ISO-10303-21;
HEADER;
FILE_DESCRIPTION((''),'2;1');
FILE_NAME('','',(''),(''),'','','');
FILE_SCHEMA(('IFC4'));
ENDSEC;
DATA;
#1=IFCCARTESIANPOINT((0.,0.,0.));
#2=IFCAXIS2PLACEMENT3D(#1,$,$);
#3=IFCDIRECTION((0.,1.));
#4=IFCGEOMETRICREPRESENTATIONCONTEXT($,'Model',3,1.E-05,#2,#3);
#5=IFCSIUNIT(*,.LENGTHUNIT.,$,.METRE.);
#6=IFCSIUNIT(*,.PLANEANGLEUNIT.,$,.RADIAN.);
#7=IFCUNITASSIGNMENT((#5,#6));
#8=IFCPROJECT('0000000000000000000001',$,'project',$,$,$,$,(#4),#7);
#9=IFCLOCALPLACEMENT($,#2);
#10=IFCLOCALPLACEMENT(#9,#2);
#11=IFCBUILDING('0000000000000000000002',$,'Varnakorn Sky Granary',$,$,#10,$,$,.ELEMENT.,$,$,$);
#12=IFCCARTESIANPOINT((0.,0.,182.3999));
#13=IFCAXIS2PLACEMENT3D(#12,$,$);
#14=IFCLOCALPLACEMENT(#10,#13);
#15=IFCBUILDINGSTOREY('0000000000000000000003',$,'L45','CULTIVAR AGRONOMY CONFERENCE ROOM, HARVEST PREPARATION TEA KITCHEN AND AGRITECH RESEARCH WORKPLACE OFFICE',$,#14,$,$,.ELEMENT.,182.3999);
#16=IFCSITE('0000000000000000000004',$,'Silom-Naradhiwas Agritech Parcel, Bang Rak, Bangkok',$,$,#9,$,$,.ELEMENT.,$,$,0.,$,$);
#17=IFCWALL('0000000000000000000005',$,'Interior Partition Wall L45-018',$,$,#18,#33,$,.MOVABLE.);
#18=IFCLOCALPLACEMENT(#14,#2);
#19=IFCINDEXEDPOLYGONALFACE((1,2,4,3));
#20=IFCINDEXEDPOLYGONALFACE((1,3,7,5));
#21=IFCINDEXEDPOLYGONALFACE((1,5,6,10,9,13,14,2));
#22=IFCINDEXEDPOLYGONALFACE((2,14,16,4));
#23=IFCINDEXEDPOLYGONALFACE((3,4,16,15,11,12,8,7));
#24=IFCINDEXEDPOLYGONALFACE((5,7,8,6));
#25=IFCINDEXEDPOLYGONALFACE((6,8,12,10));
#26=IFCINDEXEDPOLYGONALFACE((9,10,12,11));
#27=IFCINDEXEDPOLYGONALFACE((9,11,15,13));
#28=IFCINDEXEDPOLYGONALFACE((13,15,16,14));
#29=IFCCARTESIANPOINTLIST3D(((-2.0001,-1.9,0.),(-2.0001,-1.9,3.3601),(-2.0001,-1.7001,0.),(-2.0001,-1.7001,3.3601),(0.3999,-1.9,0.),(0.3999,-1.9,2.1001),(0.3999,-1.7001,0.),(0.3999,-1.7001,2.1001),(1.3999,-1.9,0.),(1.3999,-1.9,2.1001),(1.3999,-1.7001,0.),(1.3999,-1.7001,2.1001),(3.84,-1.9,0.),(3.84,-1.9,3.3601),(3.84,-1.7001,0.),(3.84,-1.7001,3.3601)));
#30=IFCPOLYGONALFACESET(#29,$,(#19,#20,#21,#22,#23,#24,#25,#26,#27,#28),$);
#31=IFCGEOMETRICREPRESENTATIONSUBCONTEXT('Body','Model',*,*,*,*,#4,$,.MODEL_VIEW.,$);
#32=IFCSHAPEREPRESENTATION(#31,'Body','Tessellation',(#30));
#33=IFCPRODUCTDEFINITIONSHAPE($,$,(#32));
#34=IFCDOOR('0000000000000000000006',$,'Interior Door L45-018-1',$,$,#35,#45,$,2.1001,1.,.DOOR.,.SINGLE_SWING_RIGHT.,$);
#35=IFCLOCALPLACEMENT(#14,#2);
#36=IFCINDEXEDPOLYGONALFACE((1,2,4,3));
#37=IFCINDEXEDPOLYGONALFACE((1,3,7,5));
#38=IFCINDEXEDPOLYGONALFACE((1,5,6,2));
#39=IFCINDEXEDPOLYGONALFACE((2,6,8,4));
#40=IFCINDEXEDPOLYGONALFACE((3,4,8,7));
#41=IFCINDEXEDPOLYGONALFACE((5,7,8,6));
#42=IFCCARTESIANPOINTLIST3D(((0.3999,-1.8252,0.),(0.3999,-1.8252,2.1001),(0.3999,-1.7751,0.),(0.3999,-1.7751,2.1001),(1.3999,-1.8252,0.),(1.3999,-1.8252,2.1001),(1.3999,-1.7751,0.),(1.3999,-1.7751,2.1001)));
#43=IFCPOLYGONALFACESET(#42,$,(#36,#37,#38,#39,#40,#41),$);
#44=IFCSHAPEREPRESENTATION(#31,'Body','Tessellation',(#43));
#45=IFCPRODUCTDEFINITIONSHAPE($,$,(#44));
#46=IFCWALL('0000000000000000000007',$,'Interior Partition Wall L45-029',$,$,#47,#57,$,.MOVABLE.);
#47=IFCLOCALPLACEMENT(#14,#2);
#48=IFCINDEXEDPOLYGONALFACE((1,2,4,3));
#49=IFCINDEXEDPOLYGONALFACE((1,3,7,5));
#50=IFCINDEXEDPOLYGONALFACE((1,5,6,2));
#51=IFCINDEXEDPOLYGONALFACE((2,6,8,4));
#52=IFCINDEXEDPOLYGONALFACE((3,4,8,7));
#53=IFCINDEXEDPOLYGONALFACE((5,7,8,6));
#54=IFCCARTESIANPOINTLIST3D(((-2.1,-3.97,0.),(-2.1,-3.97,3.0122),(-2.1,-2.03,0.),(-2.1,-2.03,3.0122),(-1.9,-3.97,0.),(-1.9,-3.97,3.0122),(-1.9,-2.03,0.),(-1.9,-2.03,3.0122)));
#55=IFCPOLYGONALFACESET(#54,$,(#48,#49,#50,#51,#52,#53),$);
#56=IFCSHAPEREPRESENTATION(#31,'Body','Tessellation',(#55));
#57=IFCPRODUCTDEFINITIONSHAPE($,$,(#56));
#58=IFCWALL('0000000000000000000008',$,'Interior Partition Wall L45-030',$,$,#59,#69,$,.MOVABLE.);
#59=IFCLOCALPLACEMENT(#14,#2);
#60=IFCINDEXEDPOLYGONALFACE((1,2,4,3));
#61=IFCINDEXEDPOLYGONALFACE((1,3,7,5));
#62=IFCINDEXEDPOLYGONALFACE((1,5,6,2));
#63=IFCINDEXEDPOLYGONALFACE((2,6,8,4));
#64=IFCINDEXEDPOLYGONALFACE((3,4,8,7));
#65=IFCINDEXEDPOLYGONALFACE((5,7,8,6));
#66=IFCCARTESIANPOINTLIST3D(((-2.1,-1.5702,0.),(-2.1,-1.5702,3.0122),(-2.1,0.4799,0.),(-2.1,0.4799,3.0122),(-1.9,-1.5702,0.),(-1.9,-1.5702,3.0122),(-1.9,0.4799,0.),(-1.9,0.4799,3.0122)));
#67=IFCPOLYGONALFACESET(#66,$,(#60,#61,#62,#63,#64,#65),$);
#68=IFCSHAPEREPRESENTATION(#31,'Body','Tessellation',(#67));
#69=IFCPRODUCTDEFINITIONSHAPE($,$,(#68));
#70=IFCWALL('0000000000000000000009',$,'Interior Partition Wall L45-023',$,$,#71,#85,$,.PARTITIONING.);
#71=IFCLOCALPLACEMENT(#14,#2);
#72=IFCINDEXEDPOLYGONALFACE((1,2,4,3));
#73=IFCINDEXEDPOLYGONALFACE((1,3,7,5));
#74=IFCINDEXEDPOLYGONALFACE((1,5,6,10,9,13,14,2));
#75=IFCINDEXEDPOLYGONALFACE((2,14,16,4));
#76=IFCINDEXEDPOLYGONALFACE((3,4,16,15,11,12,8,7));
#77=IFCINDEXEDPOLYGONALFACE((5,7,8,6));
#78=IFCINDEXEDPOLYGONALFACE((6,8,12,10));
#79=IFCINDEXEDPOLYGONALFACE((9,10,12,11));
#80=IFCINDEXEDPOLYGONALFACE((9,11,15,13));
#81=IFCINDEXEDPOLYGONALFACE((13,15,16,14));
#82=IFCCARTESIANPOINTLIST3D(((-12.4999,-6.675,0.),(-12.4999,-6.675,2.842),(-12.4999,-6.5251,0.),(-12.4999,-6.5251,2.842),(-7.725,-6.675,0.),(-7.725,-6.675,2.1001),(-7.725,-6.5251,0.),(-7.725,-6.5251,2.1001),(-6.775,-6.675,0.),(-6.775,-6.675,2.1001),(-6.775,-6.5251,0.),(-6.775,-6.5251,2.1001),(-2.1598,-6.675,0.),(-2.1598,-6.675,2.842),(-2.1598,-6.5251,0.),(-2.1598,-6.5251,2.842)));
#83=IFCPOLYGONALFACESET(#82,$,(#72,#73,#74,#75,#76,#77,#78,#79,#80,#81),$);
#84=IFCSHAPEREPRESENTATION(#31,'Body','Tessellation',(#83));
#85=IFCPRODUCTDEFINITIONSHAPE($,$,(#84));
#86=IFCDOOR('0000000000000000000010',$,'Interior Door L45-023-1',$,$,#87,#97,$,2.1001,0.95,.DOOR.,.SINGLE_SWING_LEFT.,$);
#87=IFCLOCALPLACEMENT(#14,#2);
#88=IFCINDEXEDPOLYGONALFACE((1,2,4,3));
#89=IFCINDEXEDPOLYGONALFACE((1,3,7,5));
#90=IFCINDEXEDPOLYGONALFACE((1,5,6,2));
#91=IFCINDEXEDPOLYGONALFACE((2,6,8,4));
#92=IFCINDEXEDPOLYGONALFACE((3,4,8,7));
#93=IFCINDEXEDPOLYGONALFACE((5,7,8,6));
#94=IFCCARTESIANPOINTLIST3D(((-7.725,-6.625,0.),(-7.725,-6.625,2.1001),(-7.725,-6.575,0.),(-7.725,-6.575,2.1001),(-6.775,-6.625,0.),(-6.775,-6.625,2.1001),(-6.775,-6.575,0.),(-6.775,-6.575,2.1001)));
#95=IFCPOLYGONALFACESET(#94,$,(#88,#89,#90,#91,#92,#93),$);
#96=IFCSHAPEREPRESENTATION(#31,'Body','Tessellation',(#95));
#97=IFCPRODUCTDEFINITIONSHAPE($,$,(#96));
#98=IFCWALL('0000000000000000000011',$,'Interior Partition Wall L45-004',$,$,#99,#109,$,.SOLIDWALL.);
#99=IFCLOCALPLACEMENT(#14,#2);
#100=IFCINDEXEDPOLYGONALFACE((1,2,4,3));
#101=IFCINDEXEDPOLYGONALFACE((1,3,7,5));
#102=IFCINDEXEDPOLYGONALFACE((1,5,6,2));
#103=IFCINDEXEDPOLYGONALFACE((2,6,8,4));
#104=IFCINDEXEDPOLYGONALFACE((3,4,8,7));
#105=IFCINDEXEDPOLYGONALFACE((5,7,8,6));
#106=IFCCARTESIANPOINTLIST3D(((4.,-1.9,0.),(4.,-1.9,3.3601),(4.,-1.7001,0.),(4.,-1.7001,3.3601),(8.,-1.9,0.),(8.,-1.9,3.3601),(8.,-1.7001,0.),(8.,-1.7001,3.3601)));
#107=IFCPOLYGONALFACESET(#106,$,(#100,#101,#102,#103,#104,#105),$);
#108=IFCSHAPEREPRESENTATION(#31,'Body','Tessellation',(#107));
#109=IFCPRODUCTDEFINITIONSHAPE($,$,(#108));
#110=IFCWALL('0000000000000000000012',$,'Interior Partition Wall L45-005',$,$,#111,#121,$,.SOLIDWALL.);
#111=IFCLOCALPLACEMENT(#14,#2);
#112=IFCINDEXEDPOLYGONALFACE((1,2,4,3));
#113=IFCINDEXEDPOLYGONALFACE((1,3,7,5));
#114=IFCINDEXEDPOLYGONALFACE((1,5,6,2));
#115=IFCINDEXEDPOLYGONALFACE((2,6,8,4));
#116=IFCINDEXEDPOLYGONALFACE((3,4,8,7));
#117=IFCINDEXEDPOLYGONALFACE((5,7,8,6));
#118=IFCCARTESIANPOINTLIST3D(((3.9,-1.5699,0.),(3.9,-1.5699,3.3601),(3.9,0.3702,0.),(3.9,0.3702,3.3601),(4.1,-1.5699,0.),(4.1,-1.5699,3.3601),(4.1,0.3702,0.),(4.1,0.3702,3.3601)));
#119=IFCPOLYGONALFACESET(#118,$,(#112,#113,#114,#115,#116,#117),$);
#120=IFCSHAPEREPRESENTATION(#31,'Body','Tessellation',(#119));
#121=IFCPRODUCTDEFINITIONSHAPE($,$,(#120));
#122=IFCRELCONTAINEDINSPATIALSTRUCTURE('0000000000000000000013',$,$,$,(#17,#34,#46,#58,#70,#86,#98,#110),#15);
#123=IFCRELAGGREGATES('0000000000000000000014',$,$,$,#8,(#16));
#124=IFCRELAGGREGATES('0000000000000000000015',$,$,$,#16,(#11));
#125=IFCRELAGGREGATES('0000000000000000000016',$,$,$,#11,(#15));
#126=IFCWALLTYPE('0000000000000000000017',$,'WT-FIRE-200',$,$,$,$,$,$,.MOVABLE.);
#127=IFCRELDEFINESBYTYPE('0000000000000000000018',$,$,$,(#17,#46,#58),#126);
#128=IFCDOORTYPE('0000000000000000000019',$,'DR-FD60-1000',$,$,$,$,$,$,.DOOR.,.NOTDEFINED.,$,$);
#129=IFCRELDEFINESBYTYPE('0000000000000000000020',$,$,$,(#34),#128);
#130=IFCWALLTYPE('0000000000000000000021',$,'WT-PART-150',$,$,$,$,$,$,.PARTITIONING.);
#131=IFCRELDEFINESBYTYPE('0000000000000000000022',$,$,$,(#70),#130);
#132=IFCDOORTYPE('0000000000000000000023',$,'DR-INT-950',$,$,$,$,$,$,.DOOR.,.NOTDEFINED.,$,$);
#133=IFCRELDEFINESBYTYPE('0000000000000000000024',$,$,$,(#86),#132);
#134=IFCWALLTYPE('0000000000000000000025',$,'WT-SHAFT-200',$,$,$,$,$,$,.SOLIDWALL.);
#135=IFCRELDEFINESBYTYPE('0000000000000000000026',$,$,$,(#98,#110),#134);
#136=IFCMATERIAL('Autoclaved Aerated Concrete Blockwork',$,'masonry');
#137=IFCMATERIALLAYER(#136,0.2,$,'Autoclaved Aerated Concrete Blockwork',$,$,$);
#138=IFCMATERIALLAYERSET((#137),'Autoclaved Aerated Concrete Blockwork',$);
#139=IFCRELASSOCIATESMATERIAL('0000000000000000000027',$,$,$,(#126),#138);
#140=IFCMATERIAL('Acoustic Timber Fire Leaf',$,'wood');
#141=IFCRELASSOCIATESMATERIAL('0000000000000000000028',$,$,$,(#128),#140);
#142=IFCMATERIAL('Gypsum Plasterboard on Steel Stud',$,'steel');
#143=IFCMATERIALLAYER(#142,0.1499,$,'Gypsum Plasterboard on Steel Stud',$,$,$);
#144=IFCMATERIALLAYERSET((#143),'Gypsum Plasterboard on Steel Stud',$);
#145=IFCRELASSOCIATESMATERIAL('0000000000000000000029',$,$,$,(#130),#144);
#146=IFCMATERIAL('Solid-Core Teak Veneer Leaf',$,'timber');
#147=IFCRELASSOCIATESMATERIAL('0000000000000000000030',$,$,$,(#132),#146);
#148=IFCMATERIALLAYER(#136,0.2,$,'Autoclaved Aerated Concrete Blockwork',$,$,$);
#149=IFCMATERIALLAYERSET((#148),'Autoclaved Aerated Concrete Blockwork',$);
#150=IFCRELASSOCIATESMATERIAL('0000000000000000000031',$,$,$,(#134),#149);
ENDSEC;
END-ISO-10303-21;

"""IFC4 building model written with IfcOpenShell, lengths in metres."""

from ifc_helpers import new_model, si_unit, direction, frame, frame_2d, origin, place, context, subcontext, project, spatial, rectangle, extrude, material, layer, layer_set, type_object, element, fill, save


model = new_model("IFC4")

# Units and contexts
model_context = context("Model", 3, precision=1e-05, world=origin(), true_north=direction((0.0, 1.0)))
body_context = subcontext(model_context, "Body", "Model", "MODEL_VIEW")
ifc_project = project(units=[si_unit("LENGTHUNIT", "METRE"), si_unit("PLANEANGLEUNIT", "RADIAN")], contexts=[model_context])

# Site, building, storey
site_placement = place(None, origin())
site = spatial("IfcSite", under=ifc_project, at=site_placement, Name="Silom-Naradhiwas Agritech Parcel, Bang Rak, Bangkok", CompositionType="ELEMENT", RefElevation=0.0)
building_placement = place(site_placement, origin())
building = spatial("IfcBuilding", under=site, at=building_placement, Name="Varnakorn Sky Granary", CompositionType="ELEMENT")
storey_placement = place(building_placement, frame((0.0, 0.0, 182.3999)))
storey = spatial("IfcBuildingStorey", under=building, at=storey_placement, Name="L45", Description="CULTIVAR AGRONOMY CONFERENCE ROOM, HARVEST PREPARATION TEA KITCHEN AND AGRITECH RESEARCH WORKPLACE OFFICE", CompositionType="ELEMENT", Elevation=182.3999)

# Wall, opening, door
ifc_material_1 = material(Name="Autoclaved Aerated Concrete Blockwork", Category="masonry")
ifc_layer_1 = layer(ifc_material_1, 0.2, Name="Autoclaved Aerated Concrete Blockwork")
ifc_layer_set_1 = layer_set([ifc_layer_1], Name="Autoclaved Aerated Concrete Blockwork")
wall_type_1 = type_object("IfcWallType", Name="WT-FIRE-200", PredefinedType="MOVABLE", material=ifc_layer_set_1)
wall_1_placement = place(storey_placement, frame((-2.0, -1.8, 0.0), z_axis=(0.0, 0.0, 1.0), x_axis=(1.0, 0.0, 0.0)))
wall_1 = element("IfcWall", 1, at=wall_1_placement, inside=storey, type_object=wall_type_1, Name="Interior Partition Wall L45-018", PredefinedType="MOVABLE", context=body_context, shape_type="SweptSolid", body=[
    extrude(rectangle(XDim=5.8401, YDim=0.2, at=frame_2d((2.9199, 0.0))), origin(), (0.0, 0.0, 1.0), 3.3601),
])
opening_1_placement = place(wall_1_placement, frame((2.3999, 0.0, 0.0)))
opening_1 = element("IfcOpeningElement", 2, at=opening_1_placement, cuts=wall_1, PredefinedType="OPENING", context=body_context, shape_type="SweptSolid", body=[
    extrude(rectangle(XDim=1.0, YDim=2.1001, at=frame_2d((0.5, 1.05))), frame((0.0, 0.1099, 0.0), z_axis=(0.0, -1.0, 0.0), x_axis=(1.0, 0.0, 0.0)), (0.0, 0.0, 1.0), 0.22),
])
ifc_material_2 = material(Name="Acoustic Timber Fire Leaf", Category="wood")
door_type_1 = type_object("IfcDoorType", Name="DR-FD60-1000", OperationType="NOTDEFINED", PredefinedType="DOOR", material=ifc_material_2)
door_1_placement = place(opening_1_placement, origin())
door_1 = element("IfcDoor", 3, at=door_1_placement, inside=storey, type_object=door_type_1, Name="Interior Door L45-018-1", OperationType="SINGLE_SWING_RIGHT", OverallHeight=2.1001, OverallWidth=1.0, PredefinedType="DOOR", context=body_context, shape_type="SweptSolid", body=[
    extrude(rectangle(XDim=1.0, YDim=2.1001, at=frame_2d((0.5, 1.05))), frame((0.0, 0.0249, 0.0), z_axis=(0.0, -1.0, 0.0), x_axis=(1.0, 0.0, 0.0)), (0.0, 0.0, 1.0), 0.05),
])
fill(opening_1, door_1)

# Walls
wall_2_placement = place(storey_placement, frame((-2.0, -3.97, 0.0), z_axis=(0.0, 0.0, 1.0), x_axis=(0.0, 1.0, 0.0)))
element("IfcWall", 4, at=wall_2_placement, inside=storey, type_object=wall_type_1, Name="Interior Partition Wall L45-029", PredefinedType="MOVABLE", context=body_context, shape_type="SweptSolid", body=[
    extrude(rectangle(XDim=1.9399, YDim=0.2, at=frame_2d((0.97, 0.0))), origin(), (0.0, 0.0, 1.0), 3.0122),
])
wall_3_placement = place(storey_placement, frame((-2.0, -1.5701, 0.0), z_axis=(0.0, 0.0, 1.0), x_axis=(0.0, 1.0, 0.0)))
element("IfcWall", 5, at=wall_3_placement, inside=storey, type_object=wall_type_1, Name="Interior Partition Wall L45-030", PredefinedType="MOVABLE", context=body_context, shape_type="SweptSolid", body=[
    extrude(rectangle(XDim=2.05, YDim=0.2, at=frame_2d((1.0249, 0.0))), origin(), (0.0, 0.0, 1.0), 3.0122),
])

# Wall, opening, door
ifc_material_3 = material(Name="Gypsum Plasterboard on Steel Stud", Category="steel")
ifc_layer_2 = layer(ifc_material_3, 0.1499, Name="Gypsum Plasterboard on Steel Stud")
ifc_layer_set_2 = layer_set([ifc_layer_2], Name="Gypsum Plasterboard on Steel Stud")
wall_type_2 = type_object("IfcWallType", Name="WT-PART-150", PredefinedType="PARTITIONING", material=ifc_layer_set_2)
wall_4_placement = place(storey_placement, frame((-2.1599, -6.6001, 0.0), z_axis=(0.0, 0.0, 1.0), x_axis=(-1.0, 0.0, 0.0)))
wall_4 = element("IfcWall", 6, at=wall_4_placement, inside=storey, type_object=wall_type_2, Name="Interior Partition Wall L45-023", PredefinedType="PARTITIONING", context=body_context, shape_type="SweptSolid", body=[
    extrude(rectangle(XDim=10.3401, YDim=0.1499, at=frame_2d((5.1699, 0.0))), origin(), (0.0, 0.0, 1.0), 2.842),
])
opening_2_placement = place(wall_4_placement, frame((4.615, 0.0, 0.0)))
opening_2 = element("IfcOpeningElement", 7, at=opening_2_placement, cuts=wall_4, PredefinedType="OPENING", context=body_context, shape_type="SweptSolid", body=[
    extrude(rectangle(XDim=0.95, YDim=2.1001, at=frame_2d((0.4751, 1.05))), frame((0.0, 0.085, 0.0), z_axis=(0.0, -1.0, 0.0), x_axis=(1.0, 0.0, 0.0)), (0.0, 0.0, 1.0), 0.1699),
])
ifc_material_4 = material(Name="Solid-Core Teak Veneer Leaf", Category="timber")
door_type_2 = type_object("IfcDoorType", Name="DR-INT-950", OperationType="NOTDEFINED", PredefinedType="DOOR", material=ifc_material_4)
door_2_placement = place(opening_2_placement, origin())
door_2 = element("IfcDoor", 8, at=door_2_placement, inside=storey, type_object=door_type_2, Name="Interior Door L45-023-1", OperationType="SINGLE_SWING_LEFT", OverallHeight=2.1001, OverallWidth=0.95, PredefinedType="DOOR", context=body_context, shape_type="SweptSolid", body=[
    extrude(rectangle(XDim=0.95, YDim=2.1001, at=frame_2d((0.4751, 1.05))), frame((0.0, 0.0249, 0.0), z_axis=(0.0, -1.0, 0.0), x_axis=(1.0, 0.0, 0.0)), (0.0, 0.0, 1.0), 0.05),
])
fill(opening_2, door_2)

# Walls
ifc_layer_3 = layer(ifc_material_1, 0.2, Name="Autoclaved Aerated Concrete Blockwork")
ifc_layer_set_3 = layer_set([ifc_layer_3], Name="Autoclaved Aerated Concrete Blockwork")
wall_type_3 = type_object("IfcWallType", Name="WT-SHAFT-200", PredefinedType="SOLIDWALL", material=ifc_layer_set_3)
wall_5_placement = place(storey_placement, frame((4.0, -1.8, 0.0), z_axis=(0.0, 0.0, 1.0), x_axis=(1.0, 0.0, 0.0)))
element("IfcWall", 9, at=wall_5_placement, inside=storey, type_object=wall_type_3, Name="Interior Partition Wall L45-004", PredefinedType="SOLIDWALL", context=body_context, shape_type="SweptSolid", body=[
    extrude(rectangle(XDim=4.0, YDim=0.2, at=frame_2d((2.0, 0.0))), origin(), (0.0, 0.0, 1.0), 3.3601),
])
wall_6_placement = place(storey_placement, frame((4.0, -1.5701, 0.0), z_axis=(0.0, 0.0, 1.0), x_axis=(0.0, 1.0, 0.0)))
element("IfcWall", 10, at=wall_6_placement, inside=storey, type_object=wall_type_3, Name="Interior Partition Wall L45-005", PredefinedType="SOLIDWALL", context=body_context, shape_type="SweptSolid", body=[
    extrude(rectangle(XDim=1.9402, YDim=0.2, at=frame_2d((0.9702, 0.0))), origin(), (0.0, 0.0, 1.0), 3.3601),
])

save(model, "model.ifc")
